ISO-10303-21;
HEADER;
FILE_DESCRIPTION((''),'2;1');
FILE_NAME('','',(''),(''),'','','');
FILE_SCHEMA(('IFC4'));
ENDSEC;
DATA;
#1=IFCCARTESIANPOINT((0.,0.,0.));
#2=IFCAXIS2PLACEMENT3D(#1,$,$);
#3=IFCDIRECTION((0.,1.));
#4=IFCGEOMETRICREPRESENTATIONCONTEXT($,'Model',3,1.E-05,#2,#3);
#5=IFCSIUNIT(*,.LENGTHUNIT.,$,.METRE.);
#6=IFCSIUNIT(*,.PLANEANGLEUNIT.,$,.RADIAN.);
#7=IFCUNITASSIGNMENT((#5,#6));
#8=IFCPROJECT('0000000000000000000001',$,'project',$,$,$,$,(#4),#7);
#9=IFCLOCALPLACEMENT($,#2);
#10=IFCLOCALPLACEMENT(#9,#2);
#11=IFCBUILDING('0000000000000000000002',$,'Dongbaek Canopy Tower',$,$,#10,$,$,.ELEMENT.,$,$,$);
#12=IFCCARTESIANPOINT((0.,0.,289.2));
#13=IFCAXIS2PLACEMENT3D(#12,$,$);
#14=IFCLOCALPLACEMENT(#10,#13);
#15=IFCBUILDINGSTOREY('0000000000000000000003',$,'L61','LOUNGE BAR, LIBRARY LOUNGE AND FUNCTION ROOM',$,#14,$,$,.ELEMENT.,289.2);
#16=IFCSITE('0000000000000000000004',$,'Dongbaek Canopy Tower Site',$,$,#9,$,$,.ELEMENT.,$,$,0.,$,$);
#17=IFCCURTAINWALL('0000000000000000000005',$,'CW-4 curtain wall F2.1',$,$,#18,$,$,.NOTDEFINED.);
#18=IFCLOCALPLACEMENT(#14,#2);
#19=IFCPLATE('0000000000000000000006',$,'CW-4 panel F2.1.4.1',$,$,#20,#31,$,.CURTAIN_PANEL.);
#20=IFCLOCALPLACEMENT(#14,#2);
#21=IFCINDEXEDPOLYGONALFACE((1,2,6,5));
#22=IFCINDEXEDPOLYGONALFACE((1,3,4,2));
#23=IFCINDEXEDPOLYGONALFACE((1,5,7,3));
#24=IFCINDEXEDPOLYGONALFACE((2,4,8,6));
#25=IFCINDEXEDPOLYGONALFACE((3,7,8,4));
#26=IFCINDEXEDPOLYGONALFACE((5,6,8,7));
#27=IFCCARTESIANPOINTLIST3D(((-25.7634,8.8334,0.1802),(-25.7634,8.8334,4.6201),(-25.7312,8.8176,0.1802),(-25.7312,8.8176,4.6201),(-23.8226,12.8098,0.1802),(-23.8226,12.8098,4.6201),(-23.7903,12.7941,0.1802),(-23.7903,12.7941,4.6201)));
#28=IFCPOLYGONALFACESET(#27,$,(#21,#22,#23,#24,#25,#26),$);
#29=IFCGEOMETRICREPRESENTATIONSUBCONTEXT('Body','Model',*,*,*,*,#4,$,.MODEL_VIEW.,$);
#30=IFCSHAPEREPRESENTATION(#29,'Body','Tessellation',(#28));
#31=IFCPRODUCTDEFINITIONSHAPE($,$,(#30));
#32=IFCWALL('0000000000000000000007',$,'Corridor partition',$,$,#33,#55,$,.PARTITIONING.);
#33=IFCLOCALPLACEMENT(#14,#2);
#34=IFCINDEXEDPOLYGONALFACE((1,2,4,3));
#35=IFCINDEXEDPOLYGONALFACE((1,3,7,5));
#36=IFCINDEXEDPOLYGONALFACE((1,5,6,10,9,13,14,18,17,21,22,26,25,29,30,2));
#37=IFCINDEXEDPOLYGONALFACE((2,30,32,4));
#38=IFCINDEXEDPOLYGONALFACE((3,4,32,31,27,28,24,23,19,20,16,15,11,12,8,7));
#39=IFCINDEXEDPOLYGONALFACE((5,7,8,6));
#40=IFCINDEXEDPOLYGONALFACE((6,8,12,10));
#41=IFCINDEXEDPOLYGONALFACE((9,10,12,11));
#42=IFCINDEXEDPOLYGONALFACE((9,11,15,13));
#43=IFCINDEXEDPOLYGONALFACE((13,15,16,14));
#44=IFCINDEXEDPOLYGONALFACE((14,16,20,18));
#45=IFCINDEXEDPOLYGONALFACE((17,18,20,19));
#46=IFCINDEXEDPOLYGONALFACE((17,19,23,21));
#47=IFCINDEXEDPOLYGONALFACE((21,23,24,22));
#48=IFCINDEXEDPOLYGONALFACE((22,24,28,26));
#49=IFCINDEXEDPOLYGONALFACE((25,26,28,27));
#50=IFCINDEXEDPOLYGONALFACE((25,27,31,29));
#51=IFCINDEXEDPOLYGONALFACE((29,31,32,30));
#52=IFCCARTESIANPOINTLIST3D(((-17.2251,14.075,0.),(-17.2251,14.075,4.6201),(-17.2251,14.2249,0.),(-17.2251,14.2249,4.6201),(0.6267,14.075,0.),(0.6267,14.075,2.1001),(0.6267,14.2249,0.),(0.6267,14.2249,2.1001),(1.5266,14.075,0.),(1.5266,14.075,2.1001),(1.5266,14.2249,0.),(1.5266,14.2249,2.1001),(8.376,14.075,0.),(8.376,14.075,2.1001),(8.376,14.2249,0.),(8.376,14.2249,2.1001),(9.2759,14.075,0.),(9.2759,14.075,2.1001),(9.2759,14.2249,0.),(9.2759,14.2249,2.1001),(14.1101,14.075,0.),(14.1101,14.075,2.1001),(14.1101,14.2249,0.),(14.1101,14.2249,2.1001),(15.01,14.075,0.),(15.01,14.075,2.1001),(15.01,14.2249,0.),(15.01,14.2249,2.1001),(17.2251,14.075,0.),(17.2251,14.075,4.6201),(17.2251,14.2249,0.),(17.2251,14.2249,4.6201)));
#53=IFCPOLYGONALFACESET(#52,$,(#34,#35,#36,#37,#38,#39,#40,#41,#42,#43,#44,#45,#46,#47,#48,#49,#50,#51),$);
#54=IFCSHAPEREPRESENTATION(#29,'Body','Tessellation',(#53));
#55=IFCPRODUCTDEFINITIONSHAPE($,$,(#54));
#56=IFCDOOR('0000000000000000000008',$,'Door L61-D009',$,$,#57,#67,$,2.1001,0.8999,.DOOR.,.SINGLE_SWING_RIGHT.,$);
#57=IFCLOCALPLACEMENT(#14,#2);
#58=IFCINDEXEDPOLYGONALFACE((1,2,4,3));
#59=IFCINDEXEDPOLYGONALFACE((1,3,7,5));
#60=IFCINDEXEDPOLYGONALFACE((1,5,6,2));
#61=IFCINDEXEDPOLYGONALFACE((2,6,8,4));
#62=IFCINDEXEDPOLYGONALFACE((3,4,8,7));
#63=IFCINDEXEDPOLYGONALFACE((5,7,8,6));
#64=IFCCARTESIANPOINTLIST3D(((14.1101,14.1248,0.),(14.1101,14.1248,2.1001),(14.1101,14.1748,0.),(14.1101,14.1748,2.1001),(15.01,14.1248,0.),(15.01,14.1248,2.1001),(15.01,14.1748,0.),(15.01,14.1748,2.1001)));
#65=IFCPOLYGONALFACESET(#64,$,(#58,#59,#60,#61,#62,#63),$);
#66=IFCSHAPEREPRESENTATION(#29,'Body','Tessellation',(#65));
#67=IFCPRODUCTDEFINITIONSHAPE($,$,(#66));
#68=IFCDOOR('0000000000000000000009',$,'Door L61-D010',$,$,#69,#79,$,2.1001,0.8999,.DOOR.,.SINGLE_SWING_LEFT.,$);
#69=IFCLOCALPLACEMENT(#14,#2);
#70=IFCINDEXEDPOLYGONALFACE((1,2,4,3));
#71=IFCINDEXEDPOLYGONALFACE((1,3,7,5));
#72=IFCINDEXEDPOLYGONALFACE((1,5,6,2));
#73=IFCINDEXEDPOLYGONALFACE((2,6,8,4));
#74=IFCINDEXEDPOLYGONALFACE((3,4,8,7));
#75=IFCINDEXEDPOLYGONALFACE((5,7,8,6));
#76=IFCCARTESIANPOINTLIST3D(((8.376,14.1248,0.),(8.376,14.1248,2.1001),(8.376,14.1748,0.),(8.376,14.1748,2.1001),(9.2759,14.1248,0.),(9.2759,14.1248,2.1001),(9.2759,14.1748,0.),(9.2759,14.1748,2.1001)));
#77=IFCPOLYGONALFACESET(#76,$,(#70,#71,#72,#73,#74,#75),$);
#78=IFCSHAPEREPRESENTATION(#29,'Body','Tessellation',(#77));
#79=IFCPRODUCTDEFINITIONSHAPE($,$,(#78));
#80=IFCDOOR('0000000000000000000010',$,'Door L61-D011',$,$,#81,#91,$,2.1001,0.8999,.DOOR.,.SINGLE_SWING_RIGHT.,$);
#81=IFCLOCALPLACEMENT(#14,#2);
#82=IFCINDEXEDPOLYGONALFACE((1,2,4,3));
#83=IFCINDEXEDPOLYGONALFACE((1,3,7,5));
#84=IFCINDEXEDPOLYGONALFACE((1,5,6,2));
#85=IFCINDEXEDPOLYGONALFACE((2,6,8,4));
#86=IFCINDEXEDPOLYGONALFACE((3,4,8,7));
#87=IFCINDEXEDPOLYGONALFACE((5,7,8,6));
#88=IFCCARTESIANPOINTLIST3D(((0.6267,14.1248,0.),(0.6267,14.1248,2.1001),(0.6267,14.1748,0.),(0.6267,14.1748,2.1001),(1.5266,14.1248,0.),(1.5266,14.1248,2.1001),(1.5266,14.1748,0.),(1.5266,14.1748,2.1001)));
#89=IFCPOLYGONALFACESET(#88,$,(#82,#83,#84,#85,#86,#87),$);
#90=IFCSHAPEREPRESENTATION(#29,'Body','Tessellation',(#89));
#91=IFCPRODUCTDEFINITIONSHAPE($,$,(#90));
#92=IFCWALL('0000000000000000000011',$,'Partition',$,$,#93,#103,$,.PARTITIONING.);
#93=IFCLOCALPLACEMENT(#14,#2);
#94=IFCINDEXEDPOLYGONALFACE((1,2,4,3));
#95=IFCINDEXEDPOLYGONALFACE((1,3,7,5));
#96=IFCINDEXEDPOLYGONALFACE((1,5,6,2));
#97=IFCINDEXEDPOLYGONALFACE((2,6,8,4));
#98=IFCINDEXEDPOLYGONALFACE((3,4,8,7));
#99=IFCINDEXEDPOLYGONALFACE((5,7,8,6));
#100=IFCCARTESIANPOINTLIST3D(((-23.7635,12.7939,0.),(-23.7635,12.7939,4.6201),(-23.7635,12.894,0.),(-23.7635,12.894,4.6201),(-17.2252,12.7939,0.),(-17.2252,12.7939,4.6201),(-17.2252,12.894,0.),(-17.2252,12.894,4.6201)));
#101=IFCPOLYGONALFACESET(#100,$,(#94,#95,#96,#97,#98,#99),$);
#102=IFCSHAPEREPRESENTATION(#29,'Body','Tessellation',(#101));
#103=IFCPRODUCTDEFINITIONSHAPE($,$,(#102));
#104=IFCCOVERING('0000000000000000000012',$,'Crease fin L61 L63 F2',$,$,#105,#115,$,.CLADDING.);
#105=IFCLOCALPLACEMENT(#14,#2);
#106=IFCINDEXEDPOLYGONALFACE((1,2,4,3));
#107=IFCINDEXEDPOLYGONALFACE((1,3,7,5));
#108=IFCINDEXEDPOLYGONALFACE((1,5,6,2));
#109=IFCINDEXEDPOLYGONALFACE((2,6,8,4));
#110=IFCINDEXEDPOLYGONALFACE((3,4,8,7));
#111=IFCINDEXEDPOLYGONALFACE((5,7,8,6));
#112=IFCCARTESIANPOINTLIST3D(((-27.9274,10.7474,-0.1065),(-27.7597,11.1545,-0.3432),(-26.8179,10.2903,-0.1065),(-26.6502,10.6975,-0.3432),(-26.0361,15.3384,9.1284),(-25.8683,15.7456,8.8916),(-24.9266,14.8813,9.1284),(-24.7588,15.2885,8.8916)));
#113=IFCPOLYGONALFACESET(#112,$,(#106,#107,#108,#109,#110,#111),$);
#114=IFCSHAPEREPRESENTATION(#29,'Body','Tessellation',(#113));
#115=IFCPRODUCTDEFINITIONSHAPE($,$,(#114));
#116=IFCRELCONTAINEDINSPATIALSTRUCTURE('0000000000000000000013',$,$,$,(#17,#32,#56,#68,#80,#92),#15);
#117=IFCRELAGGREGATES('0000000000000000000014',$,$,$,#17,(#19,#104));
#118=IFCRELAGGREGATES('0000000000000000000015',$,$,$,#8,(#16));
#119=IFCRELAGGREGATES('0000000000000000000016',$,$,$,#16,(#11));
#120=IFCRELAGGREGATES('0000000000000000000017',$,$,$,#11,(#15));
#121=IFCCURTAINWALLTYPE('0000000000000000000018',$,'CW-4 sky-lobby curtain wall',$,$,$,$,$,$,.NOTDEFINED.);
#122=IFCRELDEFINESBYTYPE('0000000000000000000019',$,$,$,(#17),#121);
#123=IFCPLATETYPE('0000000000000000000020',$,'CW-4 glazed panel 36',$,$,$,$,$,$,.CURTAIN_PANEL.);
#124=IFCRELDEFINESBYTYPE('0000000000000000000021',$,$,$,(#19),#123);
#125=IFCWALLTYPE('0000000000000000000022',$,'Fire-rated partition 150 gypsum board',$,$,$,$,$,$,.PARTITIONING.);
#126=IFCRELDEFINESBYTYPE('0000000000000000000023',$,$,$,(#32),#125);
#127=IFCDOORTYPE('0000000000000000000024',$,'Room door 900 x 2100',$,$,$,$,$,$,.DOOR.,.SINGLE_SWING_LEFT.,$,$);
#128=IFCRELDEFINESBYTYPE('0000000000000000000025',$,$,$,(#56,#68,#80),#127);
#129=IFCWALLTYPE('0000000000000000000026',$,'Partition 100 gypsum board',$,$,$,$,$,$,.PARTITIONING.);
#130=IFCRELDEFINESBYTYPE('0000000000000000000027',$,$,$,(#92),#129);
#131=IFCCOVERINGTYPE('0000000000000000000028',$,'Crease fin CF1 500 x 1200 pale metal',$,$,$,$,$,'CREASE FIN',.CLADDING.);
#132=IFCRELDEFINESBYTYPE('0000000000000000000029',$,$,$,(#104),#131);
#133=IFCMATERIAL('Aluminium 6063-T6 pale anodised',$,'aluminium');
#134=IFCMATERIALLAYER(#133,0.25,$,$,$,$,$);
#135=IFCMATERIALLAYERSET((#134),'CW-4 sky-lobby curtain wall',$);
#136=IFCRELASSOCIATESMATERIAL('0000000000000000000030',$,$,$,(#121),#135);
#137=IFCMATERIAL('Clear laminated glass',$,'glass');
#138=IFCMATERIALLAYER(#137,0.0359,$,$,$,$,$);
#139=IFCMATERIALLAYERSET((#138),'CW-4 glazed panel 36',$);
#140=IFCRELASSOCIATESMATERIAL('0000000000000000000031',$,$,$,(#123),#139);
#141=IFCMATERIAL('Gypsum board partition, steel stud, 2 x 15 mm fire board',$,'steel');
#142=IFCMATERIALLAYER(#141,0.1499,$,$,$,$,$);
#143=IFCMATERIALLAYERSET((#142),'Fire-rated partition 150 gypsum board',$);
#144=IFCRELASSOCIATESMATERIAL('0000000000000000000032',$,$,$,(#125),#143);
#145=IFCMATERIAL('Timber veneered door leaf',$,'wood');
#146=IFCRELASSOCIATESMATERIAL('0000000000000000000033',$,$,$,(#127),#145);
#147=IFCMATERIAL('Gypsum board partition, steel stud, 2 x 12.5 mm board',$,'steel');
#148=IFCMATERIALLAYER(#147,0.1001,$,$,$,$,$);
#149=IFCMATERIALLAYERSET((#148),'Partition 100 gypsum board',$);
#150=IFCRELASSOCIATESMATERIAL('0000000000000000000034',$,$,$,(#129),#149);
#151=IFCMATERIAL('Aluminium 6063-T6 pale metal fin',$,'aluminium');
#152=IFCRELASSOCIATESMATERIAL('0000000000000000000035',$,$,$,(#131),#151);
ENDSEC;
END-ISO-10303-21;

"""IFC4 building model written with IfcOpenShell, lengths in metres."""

from ifc_helpers import new_model, si_unit, direction, frame, frame_2d, origin, origin_2d, place, context, subcontext, project, spatial, rectangle, extrude, material, layer, layer_set, material_profile, profile_set, type_object, element, fill, aggregate, save


model = new_model("IFC4")

# Units and contexts
model_context = context("Model", 3, precision=1e-05, world=origin(), true_north=direction((0.0, 1.0)))
body_context = subcontext(model_context, "Body", "Model", "MODEL_VIEW")
ifc_project = project(units=[si_unit("LENGTHUNIT", "METRE"), si_unit("PLANEANGLEUNIT", "RADIAN")], contexts=[model_context])

# Site, building, storey
site_placement = place(None, origin())
site = spatial("IfcSite", under=ifc_project, at=site_placement, Name="Dongbaek Canopy Tower Site", CompositionType="ELEMENT", RefElevation=0.0)
building_placement = place(site_placement, origin())
building = spatial("IfcBuilding", under=site, at=building_placement, Name="Dongbaek Canopy Tower", CompositionType="ELEMENT")
storey_placement = place(building_placement, frame((0.0, 0.0, 289.2)))
storey = spatial("IfcBuildingStorey", under=building, at=storey_placement, Name="L61", Description="LOUNGE BAR, LIBRARY LOUNGE AND FUNCTION ROOM", CompositionType="ELEMENT", Elevation=289.2)

# Curtain wall
ifc_material_1 = material(Name="Aluminium 6063-T6 pale anodised", Category="aluminium")
ifc_layer_1 = layer(ifc_material_1, 0.25)
ifc_layer_set_1 = layer_set([ifc_layer_1], Name="CW-4 sky-lobby curtain wall")
curtain_wall_type = type_object("IfcCurtainWallType", Name="CW-4 sky-lobby curtain wall", PredefinedType="NOTDEFINED", material=ifc_layer_set_1)
curtain_wall_1_placement = place(storey_placement, origin())
curtain_wall_1 = element("IfcCurtainWall", 1, at=curtain_wall_1_placement, inside=storey, type_object=curtain_wall_type, Name="CW-4 curtain wall F2.1", PredefinedType="NOTDEFINED")

# Plate
ifc_material_2 = material(Name="Clear laminated glass", Category="glass")
ifc_layer_2 = layer(ifc_material_2, 0.0359)
ifc_layer_set_2 = layer_set([ifc_layer_2], Name="CW-4 glazed panel 36")
plate_type = type_object("IfcPlateType", Name="CW-4 glazed panel 36", PredefinedType="CURTAIN_PANEL", material=ifc_layer_set_2)
plate_1_placement = place(storey_placement, frame((-24.7769, 10.8137, 0.1802), z_axis=(0.0, 0.0, 1.0), x_axis=(-0.438631, -0.898667, 0.0)))
plate_1 = element("IfcPlate", 2, at=plate_1_placement, type_object=plate_type, Name="CW-4 panel F2.1.4.1", PredefinedType="CURTAIN_PANEL", context=body_context, shape_type="SweptSolid", body=[
    extrude(rectangle(XDim=4.4248, YDim=0.0359, at=origin_2d()), origin(), (0.0, 0.0, 1.0), 4.4399),
])

# Wall, openings, doors
ifc_material_3 = material(Name="Gypsum board partition, steel stud, 2 x 15 mm fire board", Category="steel")
ifc_layer_3 = layer(ifc_material_3, 0.1499)
ifc_layer_set_3 = layer_set([ifc_layer_3], Name="Fire-rated partition 150 gypsum board")
wall_type_1 = type_object("IfcWallType", Name="Fire-rated partition 150 gypsum board", PredefinedType="PARTITIONING", material=ifc_layer_set_3)
wall_1_placement = place(storey_placement, frame((-17.2251, 14.1499, 0.0), z_axis=(0.0, 0.0, 1.0), x_axis=(1.0, 0.0, 0.0)))
wall_1 = element("IfcWall", 3, at=wall_1_placement, inside=storey, type_object=wall_type_1, Name="Corridor partition", PredefinedType="PARTITIONING", context=body_context, shape_type="SweptSolid", body=[
    extrude(rectangle(XDim=34.4502, YDim=0.1499, at=frame_2d((17.2251, 0.0))), origin(), (0.0, 0.0, 1.0), 4.6201),
])
opening_1_placement = place(wall_1_placement, frame((31.3352, 0.0, 0.0)))
opening_1 = element("IfcOpeningElement", 4, at=opening_1_placement, cuts=wall_1, PredefinedType="OPENING", context=body_context, shape_type="SweptSolid", body=[
    extrude(rectangle(XDim=0.8999, YDim=2.1001, at=frame_2d((0.45, 1.05))), frame((0.0, 0.085, 0.0), z_axis=(0.0, -1.0, 0.0), x_axis=(1.0, 0.0, 0.0)), (0.0, 0.0, 1.0), 0.1699),
])
opening_2_placement = place(wall_1_placement, frame((25.6011, 0.0, 0.0)))
opening_2 = element("IfcOpeningElement", 5, at=opening_2_placement, cuts=wall_1, PredefinedType="OPENING", context=body_context, shape_type="SweptSolid", body=[
    extrude(rectangle(XDim=0.8999, YDim=2.1001, at=frame_2d((0.45, 1.05))), frame((0.0, 0.085, 0.0), z_axis=(0.0, -1.0, 0.0), x_axis=(1.0, 0.0, 0.0)), (0.0, 0.0, 1.0), 0.1699),
])
opening_3_placement = place(wall_1_placement, frame((17.8518, 0.0, 0.0)))
opening_3 = element("IfcOpeningElement", 6, at=opening_3_placement, cuts=wall_1, PredefinedType="OPENING", context=body_context, shape_type="SweptSolid", body=[
    extrude(rectangle(XDim=0.8999, YDim=2.1001, at=frame_2d((0.45, 1.05))), frame((0.0, 0.085, 0.0), z_axis=(0.0, -1.0, 0.0), x_axis=(1.0, 0.0, 0.0)), (0.0, 0.0, 1.0), 0.1699),
])
ifc_material_4 = material(Name="Timber veneered door leaf", Category="wood")
door_type = type_object("IfcDoorType", Name="Room door 900 x 2100", OperationType="SINGLE_SWING_LEFT", PredefinedType="DOOR", material=ifc_material_4)
door_1_placement = place(opening_1_placement, origin())
door_1 = element("IfcDoor", 7, at=door_1_placement, inside=storey, type_object=door_type, Name="Door L61-D009", OperationType="SINGLE_SWING_RIGHT", OverallHeight=2.1001, OverallWidth=0.8999, PredefinedType="DOOR", context=body_context, shape_type="SweptSolid", body=[
    extrude(rectangle(XDim=0.8999, YDim=2.1001, at=frame_2d((0.45, 1.05))), frame((0.0, 0.0249, 0.0), z_axis=(0.0, -1.0, 0.0), x_axis=(1.0, 0.0, 0.0)), (0.0, 0.0, 1.0), 0.05),
])
fill(opening_1, door_1)
door_2_placement = place(opening_2_placement, origin())
door_2 = element("IfcDoor", 8, at=door_2_placement, inside=storey, type_object=door_type, Name="Door L61-D010", OperationType="SINGLE_SWING_LEFT", OverallHeight=2.1001, OverallWidth=0.8999, PredefinedType="DOOR", context=body_context, shape_type="SweptSolid", body=[
    extrude(rectangle(XDim=0.8999, YDim=2.1001, at=frame_2d((0.45, 1.05))), frame((0.0, 0.0249, 0.0), z_axis=(0.0, -1.0, 0.0), x_axis=(1.0, 0.0, 0.0)), (0.0, 0.0, 1.0), 0.05),
])
fill(opening_2, door_2)
door_3_placement = place(opening_3_placement, origin())
door_3 = element("IfcDoor", 9, at=door_3_placement, inside=storey, type_object=door_type, Name="Door L61-D011", OperationType="SINGLE_SWING_RIGHT", OverallHeight=2.1001, OverallWidth=0.8999, PredefinedType="DOOR", context=body_context, shape_type="SweptSolid", body=[
    extrude(rectangle(XDim=0.8999, YDim=2.1001, at=frame_2d((0.45, 1.05))), frame((0.0, 0.0249, 0.0), z_axis=(0.0, -1.0, 0.0), x_axis=(1.0, 0.0, 0.0)), (0.0, 0.0, 1.0), 0.05),
])
fill(opening_3, door_3)

# Wall
ifc_material_5 = material(Name="Gypsum board partition, steel stud, 2 x 12.5 mm board", Category="steel")
ifc_layer_4 = layer(ifc_material_5, 0.1001)
ifc_layer_set_4 = layer_set([ifc_layer_4], Name="Partition 100 gypsum board")
wall_type_2 = type_object("IfcWallType", Name="Partition 100 gypsum board", PredefinedType="PARTITIONING", material=ifc_layer_set_4)
wall_2_placement = place(storey_placement, frame((-23.7634, 12.844, 0.0), z_axis=(0.0, 0.0, 1.0), x_axis=(1.0, 0.0, 0.0)))
element("IfcWall", 10, at=wall_2_placement, inside=storey, type_object=wall_type_2, Name="Partition", PredefinedType="PARTITIONING", context=body_context, shape_type="SweptSolid", body=[
    extrude(rectangle(XDim=6.5383, YDim=0.1001, at=frame_2d((3.269, 0.0))), origin(), (0.0, 0.0, 1.0), 4.6201),
])

# Covering
ifc_material_6 = material(Name="Aluminium 6063-T6 pale metal fin", Category="aluminium")
ifc_material_profile_1 = material_profile(ifc_material_6, rectangle(XDim=1.2, YDim=0.5, at=origin_2d()), Name="Crease fin CF1 500 x 1200 pale metal")
ifc_profile_set_1 = profile_set([ifc_material_profile_1], Name="Aluminium 6063-T6 pale metal fin")
covering_type = type_object("IfcCoveringType", Name="Crease fin CF1 500 x 1200 pale metal", ElementType="CREASE FIN", PredefinedType="CLADDING", material=ifc_profile_set_1)
covering_placement = place(storey_placement, frame((-27.2888, 10.7224, -0.2249), z_axis=(0.180385, 0.437865, 0.880759), x_axis=(-0.924613, 0.380908, 0.0)))
covering = element("IfcCovering", 11, at=covering_placement, type_object=covering_type, Name="Crease fin L61 L63 F2", PredefinedType="CLADDING", context=body_context, shape_type="SweptSolid", body=[
    extrude(rectangle(XDim=1.2, YDim=0.5, at=origin_2d()), origin(), (0.0, 0.0, 1.0), 10.4851),
])
aggregate(curtain_wall_1, [plate_1, covering])

save(model, "model.ifc")
